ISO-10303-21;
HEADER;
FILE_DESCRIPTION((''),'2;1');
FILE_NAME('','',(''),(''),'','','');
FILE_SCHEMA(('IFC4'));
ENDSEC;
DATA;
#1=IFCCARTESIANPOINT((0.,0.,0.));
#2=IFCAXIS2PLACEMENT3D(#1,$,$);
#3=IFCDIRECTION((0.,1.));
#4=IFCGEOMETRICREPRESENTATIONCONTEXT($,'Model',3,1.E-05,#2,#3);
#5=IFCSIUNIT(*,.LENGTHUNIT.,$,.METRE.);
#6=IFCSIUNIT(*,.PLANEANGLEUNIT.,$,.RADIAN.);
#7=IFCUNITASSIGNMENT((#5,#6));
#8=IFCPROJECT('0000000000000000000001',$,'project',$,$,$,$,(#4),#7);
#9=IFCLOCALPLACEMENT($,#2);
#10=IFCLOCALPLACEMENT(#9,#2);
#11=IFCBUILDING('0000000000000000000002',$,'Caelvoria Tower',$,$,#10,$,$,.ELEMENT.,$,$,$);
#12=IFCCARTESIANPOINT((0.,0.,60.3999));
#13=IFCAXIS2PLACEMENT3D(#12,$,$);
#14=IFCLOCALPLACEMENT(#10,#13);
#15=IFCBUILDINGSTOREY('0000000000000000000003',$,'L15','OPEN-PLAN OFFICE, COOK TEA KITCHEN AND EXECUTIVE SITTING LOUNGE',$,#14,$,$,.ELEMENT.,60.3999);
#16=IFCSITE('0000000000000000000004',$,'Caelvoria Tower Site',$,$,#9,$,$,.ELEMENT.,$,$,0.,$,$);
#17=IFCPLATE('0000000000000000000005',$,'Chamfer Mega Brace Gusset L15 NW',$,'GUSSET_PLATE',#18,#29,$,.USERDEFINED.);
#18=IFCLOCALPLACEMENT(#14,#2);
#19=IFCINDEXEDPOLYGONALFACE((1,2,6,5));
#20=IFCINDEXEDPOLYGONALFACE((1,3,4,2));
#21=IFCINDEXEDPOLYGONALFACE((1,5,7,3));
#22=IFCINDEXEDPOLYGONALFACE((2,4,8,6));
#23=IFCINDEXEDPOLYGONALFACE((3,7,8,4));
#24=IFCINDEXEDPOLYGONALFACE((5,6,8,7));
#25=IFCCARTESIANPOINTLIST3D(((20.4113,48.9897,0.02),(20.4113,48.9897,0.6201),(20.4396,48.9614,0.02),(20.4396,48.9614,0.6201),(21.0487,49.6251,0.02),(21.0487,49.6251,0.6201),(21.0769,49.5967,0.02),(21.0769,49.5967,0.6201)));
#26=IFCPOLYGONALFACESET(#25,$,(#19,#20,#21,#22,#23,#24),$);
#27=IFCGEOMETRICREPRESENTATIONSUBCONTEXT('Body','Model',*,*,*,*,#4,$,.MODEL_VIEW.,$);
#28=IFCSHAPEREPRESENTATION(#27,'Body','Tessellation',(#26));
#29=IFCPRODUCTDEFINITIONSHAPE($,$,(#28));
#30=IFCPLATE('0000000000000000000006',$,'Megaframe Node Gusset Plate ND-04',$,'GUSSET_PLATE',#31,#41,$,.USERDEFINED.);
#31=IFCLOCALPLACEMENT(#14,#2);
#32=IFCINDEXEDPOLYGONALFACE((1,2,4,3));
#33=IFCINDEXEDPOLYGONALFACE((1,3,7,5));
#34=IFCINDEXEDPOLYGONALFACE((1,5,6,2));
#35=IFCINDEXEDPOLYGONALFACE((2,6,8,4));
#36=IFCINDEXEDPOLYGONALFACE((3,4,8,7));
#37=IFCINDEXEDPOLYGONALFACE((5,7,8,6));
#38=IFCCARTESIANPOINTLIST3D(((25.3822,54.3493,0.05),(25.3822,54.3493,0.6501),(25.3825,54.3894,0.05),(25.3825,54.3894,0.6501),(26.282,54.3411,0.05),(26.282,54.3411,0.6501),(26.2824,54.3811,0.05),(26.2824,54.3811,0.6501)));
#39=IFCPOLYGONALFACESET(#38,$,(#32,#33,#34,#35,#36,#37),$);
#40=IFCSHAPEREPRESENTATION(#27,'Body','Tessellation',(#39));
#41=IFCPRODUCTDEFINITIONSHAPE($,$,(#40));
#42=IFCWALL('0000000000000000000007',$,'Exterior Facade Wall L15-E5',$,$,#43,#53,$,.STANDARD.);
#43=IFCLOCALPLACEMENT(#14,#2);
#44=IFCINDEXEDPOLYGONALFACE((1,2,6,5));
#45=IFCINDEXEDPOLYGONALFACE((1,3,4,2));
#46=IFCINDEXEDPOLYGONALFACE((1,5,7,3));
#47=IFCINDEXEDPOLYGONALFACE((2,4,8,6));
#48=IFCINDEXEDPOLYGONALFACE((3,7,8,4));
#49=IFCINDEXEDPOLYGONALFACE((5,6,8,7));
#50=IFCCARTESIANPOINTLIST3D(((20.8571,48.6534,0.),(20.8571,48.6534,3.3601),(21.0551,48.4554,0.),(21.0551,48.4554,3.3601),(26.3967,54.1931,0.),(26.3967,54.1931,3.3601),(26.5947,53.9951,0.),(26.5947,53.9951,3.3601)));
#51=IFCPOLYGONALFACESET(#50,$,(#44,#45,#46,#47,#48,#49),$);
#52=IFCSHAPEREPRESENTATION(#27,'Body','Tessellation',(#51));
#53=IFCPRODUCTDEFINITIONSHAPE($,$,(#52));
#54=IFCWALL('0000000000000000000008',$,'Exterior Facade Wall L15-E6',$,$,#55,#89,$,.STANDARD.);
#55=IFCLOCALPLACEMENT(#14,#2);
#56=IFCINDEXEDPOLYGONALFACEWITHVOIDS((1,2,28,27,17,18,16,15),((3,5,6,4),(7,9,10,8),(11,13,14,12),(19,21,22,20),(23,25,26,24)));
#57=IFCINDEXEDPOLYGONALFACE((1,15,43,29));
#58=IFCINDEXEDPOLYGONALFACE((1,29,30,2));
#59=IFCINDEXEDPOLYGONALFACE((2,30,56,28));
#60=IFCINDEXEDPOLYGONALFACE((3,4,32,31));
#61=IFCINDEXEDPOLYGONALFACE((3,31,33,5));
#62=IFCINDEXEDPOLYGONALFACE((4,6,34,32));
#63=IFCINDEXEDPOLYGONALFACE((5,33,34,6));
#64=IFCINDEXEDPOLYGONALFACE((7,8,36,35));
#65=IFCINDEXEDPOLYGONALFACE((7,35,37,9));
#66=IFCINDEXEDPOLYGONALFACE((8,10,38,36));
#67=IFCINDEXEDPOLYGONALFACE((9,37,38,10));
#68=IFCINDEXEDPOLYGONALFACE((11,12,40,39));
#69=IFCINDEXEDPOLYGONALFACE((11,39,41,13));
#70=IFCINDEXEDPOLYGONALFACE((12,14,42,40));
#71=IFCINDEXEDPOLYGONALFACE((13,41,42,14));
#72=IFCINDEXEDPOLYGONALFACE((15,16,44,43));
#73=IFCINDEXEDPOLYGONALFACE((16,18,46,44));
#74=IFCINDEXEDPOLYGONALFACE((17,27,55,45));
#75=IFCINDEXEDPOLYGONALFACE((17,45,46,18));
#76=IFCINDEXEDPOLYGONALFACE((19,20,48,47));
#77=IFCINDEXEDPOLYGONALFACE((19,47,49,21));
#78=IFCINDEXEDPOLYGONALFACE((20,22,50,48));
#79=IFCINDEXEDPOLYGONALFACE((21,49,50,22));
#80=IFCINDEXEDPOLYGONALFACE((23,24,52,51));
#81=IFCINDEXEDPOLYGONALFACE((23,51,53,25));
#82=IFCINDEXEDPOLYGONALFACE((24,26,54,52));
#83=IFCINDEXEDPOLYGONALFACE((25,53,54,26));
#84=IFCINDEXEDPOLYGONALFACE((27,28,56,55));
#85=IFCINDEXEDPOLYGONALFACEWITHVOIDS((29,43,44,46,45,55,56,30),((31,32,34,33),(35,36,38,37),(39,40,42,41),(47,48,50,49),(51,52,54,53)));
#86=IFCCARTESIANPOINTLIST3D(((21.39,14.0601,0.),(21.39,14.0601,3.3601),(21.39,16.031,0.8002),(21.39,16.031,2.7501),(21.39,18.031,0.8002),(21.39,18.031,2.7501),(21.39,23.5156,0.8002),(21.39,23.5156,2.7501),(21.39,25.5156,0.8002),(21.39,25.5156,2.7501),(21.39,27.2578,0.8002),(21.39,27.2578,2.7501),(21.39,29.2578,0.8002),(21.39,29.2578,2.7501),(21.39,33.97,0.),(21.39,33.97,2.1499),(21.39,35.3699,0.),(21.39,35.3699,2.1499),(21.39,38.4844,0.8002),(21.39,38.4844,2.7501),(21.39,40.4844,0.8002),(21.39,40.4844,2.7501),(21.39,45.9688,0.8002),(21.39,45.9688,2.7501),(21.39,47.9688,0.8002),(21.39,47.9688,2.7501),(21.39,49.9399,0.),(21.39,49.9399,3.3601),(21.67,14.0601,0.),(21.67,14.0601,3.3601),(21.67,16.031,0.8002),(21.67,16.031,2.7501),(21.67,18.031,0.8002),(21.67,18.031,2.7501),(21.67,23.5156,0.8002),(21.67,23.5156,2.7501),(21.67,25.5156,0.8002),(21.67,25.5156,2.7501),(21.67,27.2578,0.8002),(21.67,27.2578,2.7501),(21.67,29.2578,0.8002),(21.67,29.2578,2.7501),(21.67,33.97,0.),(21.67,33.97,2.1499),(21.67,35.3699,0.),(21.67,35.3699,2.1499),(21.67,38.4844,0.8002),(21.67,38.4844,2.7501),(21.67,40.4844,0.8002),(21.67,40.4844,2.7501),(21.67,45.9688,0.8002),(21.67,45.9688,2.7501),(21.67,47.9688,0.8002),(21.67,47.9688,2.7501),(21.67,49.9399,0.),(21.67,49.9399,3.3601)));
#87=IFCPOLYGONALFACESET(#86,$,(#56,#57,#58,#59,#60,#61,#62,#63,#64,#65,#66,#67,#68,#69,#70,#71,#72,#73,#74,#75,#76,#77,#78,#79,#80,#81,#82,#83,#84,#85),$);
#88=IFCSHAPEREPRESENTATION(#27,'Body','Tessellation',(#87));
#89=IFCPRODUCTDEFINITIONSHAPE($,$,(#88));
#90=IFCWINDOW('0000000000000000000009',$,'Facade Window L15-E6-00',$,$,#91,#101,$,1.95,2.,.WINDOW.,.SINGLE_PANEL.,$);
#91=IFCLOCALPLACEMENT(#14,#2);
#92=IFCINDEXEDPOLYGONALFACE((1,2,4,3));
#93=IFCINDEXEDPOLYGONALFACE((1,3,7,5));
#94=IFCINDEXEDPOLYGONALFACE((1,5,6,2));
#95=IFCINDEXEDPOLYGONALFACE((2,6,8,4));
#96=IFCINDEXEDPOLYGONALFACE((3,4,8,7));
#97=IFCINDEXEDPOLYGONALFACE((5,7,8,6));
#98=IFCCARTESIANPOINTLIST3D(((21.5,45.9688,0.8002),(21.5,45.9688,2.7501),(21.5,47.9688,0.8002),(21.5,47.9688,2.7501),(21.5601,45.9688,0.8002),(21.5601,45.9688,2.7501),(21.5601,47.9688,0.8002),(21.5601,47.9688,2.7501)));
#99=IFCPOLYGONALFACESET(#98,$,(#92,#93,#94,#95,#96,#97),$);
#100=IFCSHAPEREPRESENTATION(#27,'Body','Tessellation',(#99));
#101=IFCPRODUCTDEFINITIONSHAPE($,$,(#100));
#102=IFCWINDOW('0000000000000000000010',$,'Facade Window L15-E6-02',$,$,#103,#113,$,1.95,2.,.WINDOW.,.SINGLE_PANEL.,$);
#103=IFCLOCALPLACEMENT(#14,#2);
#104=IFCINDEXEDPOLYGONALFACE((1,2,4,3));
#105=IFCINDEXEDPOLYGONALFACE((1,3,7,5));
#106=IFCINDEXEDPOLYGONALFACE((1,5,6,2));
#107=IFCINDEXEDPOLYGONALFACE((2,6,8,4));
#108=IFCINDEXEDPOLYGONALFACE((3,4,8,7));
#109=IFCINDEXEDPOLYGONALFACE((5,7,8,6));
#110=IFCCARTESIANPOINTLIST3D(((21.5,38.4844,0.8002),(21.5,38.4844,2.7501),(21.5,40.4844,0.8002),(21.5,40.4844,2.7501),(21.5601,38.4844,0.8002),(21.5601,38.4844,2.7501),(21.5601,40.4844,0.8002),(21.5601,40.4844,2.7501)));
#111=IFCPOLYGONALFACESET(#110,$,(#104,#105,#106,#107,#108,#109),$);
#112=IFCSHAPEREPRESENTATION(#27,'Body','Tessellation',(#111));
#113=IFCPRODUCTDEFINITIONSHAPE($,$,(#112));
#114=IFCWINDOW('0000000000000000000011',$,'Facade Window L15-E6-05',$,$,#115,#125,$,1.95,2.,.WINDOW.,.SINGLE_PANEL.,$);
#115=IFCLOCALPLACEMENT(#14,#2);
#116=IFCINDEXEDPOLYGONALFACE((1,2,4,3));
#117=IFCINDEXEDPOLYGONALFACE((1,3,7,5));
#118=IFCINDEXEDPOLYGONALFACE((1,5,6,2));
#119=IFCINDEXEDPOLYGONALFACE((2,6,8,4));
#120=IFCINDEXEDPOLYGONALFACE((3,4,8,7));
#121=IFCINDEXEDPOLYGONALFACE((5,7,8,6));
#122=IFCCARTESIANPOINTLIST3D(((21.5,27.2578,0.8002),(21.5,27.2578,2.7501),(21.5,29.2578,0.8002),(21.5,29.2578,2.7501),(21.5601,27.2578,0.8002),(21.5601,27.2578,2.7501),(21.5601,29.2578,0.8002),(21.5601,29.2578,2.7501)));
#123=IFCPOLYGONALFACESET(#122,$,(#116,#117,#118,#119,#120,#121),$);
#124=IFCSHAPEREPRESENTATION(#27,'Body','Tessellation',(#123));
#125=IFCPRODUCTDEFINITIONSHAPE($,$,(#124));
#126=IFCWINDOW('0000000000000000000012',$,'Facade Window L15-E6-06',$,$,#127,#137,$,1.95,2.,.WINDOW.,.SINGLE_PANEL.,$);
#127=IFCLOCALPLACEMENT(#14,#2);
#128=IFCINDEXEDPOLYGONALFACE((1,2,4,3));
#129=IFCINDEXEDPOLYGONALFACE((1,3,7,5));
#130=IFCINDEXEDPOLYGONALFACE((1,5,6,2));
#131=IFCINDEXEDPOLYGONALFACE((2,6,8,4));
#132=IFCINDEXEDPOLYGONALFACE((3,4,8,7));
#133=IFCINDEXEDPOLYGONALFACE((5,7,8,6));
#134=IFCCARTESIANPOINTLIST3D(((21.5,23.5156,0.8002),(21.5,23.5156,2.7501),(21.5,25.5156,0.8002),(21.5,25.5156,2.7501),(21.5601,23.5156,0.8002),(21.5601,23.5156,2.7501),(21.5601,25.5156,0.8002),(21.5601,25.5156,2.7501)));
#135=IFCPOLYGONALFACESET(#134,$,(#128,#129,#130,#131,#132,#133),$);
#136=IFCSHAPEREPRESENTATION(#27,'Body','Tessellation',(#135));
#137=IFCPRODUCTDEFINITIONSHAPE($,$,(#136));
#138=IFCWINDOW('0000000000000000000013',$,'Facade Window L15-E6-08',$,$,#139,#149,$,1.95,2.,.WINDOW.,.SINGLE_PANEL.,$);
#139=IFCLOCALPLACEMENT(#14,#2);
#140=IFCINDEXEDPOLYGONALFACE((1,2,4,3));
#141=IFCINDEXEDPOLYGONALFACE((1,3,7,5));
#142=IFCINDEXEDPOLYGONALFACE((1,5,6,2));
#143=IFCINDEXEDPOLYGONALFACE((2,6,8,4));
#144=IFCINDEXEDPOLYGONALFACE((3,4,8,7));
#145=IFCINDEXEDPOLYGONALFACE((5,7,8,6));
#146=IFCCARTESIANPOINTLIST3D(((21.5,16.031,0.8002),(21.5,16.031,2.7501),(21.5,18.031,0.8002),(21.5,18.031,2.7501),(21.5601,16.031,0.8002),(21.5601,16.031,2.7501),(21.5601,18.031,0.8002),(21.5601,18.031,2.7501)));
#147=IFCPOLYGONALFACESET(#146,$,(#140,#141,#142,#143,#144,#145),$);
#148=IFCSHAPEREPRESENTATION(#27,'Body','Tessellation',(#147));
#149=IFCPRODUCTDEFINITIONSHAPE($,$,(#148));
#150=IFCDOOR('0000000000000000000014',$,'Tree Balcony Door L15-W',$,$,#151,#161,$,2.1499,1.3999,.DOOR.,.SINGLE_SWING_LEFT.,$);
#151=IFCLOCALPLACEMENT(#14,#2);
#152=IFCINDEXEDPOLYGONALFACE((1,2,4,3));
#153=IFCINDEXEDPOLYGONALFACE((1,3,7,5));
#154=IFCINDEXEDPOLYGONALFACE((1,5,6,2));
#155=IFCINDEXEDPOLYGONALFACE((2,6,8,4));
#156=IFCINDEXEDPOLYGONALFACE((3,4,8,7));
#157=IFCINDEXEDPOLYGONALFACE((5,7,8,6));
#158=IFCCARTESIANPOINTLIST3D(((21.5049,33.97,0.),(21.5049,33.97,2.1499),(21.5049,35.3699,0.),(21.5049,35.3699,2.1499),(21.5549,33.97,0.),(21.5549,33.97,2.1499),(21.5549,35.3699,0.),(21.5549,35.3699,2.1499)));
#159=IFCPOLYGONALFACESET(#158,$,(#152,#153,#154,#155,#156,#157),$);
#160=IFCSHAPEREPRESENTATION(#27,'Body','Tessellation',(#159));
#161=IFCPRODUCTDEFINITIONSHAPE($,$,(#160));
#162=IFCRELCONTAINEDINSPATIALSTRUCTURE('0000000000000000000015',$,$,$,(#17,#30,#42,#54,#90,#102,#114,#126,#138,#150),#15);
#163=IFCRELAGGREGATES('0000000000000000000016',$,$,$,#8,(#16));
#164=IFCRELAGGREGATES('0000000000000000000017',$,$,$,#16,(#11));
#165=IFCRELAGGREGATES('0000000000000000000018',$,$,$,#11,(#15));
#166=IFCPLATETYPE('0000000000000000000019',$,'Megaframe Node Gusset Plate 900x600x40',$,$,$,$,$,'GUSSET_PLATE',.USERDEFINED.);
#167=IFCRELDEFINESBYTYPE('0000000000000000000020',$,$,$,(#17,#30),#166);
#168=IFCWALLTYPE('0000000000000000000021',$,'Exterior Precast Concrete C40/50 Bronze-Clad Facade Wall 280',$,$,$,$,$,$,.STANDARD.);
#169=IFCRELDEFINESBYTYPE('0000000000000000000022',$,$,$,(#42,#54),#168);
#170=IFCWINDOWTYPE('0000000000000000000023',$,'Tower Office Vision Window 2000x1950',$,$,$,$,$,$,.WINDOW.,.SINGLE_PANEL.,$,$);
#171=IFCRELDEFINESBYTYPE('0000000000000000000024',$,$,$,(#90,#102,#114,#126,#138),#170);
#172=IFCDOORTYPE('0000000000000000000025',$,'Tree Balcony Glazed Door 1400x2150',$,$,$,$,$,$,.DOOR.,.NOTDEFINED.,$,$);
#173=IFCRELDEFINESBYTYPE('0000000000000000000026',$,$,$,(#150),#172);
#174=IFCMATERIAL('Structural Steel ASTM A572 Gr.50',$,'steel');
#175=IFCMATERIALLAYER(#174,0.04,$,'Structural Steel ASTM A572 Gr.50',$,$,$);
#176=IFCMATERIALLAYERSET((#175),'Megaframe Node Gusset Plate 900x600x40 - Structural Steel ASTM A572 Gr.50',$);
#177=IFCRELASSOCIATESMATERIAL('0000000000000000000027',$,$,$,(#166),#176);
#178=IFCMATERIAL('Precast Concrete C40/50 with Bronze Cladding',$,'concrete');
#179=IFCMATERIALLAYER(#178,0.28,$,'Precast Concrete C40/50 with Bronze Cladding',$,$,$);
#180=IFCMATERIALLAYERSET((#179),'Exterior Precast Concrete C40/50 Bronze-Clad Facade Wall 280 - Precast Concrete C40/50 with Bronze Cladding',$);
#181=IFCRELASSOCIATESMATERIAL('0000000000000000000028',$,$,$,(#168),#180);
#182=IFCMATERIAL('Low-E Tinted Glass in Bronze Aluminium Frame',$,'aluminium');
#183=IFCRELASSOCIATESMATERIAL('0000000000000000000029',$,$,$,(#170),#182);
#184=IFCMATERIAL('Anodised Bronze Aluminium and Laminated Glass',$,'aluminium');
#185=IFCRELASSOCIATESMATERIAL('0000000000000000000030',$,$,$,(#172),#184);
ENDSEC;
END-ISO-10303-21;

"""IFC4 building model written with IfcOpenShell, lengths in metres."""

from ifc_helpers import new_model, si_unit, direction, frame, frame_2d, origin, origin_2d, place, context, subcontext, project, spatial, rectangle, extrude, material, layer, layer_set, type_object, element, fill, save


model = new_model("IFC4")

# Units and contexts
model_context = context("Model", 3, precision=1e-05, world=origin(), true_north=direction((0.0, 1.0)))
body_context = subcontext(model_context, "Body", "Model", "MODEL_VIEW")
ifc_project = project(units=[si_unit("LENGTHUNIT", "METRE"), si_unit("PLANEANGLEUNIT", "RADIAN")], contexts=[model_context])

# Site, building, storey
site_placement = place(None, origin())
site = spatial("IfcSite", under=ifc_project, at=site_placement, Name="Caelvoria Tower Site", CompositionType="ELEMENT", RefElevation=0.0)
building_placement = place(site_placement, origin())
building = spatial("IfcBuilding", under=site, at=building_placement, Name="Caelvoria Tower", CompositionType="ELEMENT")
storey_placement = place(building_placement, frame((0.0, 0.0, 60.3999)))
storey = spatial("IfcBuildingStorey", under=building, at=storey_placement, Name="L15", Description="OPEN-PLAN OFFICE, COOK TEA KITCHEN AND EXECUTIVE SITTING LOUNGE", CompositionType="ELEMENT", Elevation=60.3999)

# Shared definitions
ifc_material_1 = material(Name="Structural Steel ASTM A572 Gr.50", Category="steel")

# Plates
ifc_layer_1 = layer(ifc_material_1, 0.04, Name="Structural Steel ASTM A572 Gr.50")
ifc_layer_set_1 = layer_set([ifc_layer_1], Name="Megaframe Node Gusset Plate 900x600x40 - Structural Steel ASTM A572 Gr.50")
plate_type = type_object("IfcPlateType", Name="Megaframe Node Gusset Plate 900x600x40", ElementType="GUSSET_PLATE", PredefinedType="USERDEFINED", material=ifc_layer_set_1)
for number, where, z_axis, x_axis, name in (
    (1, (20.7441, 49.2932, 0.02), (0.0, 0.0, 1.0), (0.708219, 0.705993, 0.0), "Chamfer Mega Brace Gusset L15 NW"),
    (2, (25.8323, 54.3652, 0.05), (0.0, 0.0, 1.0), (0.999958, -0.009187, 0.0), "Megaframe Node Gusset Plate ND-04"),
):
    element("IfcPlate", number, at=place(storey_placement, frame(where, z_axis=z_axis, x_axis=x_axis)), inside=storey, type_object=plate_type, Name=name, ObjectType="GUSSET_PLATE", PredefinedType="USERDEFINED", context=body_context, shape_type="SweptSolid", body=[
        extrude(rectangle(XDim=0.8999, YDim=0.04, at=origin_2d()), origin(), (0.0, 0.0, 1.0), 0.6001),
    ])

# Wall
ifc_material_2 = material(Name="Precast Concrete C40/50 with Bronze Cladding", Category="concrete")
ifc_layer_2 = layer(ifc_material_2, 0.28, Name="Precast Concrete C40/50 with Bronze Cladding")
ifc_layer_set_2 = layer_set([ifc_layer_2], Name="Exterior Precast Concrete C40/50 Bronze-Clad Facade Wall 280 - Precast Concrete C40/50 with Bronze Cladding")
wall_type = type_object("IfcWallType", Name="Exterior Precast Concrete C40/50 Bronze-Clad Facade Wall 280", PredefinedType="STANDARD", material=ifc_layer_set_2)
wall_1_placement = place(storey_placement, frame((26.4956, 54.094, 0.0), z_axis=(0.0, 0.0, 1.0), x_axis=(-0.707107, -0.707107, 0.0)))
element("IfcWall", 3, at=wall_1_placement, inside=storey, type_object=wall_type, Name="Exterior Facade Wall L15-E5", PredefinedType="STANDARD", context=body_context, shape_type="SweptSolid", body=[
    extrude(rectangle(XDim=7.8342, YDim=0.28, at=frame_2d((3.917, 0.0))), origin(), (0.0, 0.0, 1.0), 3.3601),
])

# Wall, openings, windows, door
wall_2_placement = place(storey_placement, frame((21.53, 49.9399, 0.0), z_axis=(0.0, 0.0, 1.0), x_axis=(0.0, -1.0, 0.0)))
wall_2 = element("IfcWall", 4, at=wall_2_placement, inside=storey, type_object=wall_type, Name="Exterior Facade Wall L15-E6", PredefinedType="STANDARD", context=body_context, shape_type="SweptSolid", body=[
    extrude(rectangle(XDim=35.8799, YDim=0.28, at=frame_2d((17.9399, 0.0))), origin(), (0.0, 0.0, 1.0), 3.3601),
])
opening_1_placement = place(wall_2_placement, frame((14.5701, 0.0, 0.0)))
opening_1 = element("IfcOpeningElement", 5, at=opening_1_placement, cuts=wall_2, PredefinedType="OPENING", context=body_context, shape_type="SweptSolid", body=[
    extrude(rectangle(XDim=1.3999, YDim=2.1499, at=frame_2d((0.7, 1.075))), frame((0.0, 0.1499, 0.0), z_axis=(0.0, -1.0, 0.0), x_axis=(1.0, 0.0, 0.0)), (0.0, 0.0, 1.0), 0.3),
])
opening_2_placement = place(wall_2_placement, frame((1.9712, 0.0, 0.8)))
opening_2 = element("IfcOpeningElement", 6, at=opening_2_placement, cuts=wall_2, PredefinedType="OPENING", context=body_context, shape_type="SweptSolid", body=[
    extrude(rectangle(XDim=2.0, YDim=1.95, at=frame_2d((1.0, 0.9751))), frame((0.0, 0.1499, 0.0), z_axis=(0.0, -1.0, 0.0), x_axis=(1.0, 0.0, 0.0)), (0.0, 0.0, 1.0), 0.3),
])
opening_3_placement = place(wall_2_placement, frame((9.4556, 0.0, 0.8)))
opening_3 = element("IfcOpeningElement", 7, at=opening_3_placement, cuts=wall_2, PredefinedType="OPENING", context=body_context, shape_type="SweptSolid", body=[
    extrude(rectangle(XDim=2.0, YDim=1.95, at=frame_2d((1.0, 0.9751))), frame((0.0, 0.1499, 0.0), z_axis=(0.0, -1.0, 0.0), x_axis=(1.0, 0.0, 0.0)), (0.0, 0.0, 1.0), 0.3),
])
opening_4_placement = place(wall_2_placement, frame((20.6821, 0.0, 0.8)))
opening_4 = element("IfcOpeningElement", 8, at=opening_4_placement, cuts=wall_2, PredefinedType="OPENING", context=body_context, shape_type="SweptSolid", body=[
    extrude(rectangle(XDim=2.0, YDim=1.95, at=frame_2d((1.0, 0.9751))), frame((0.0, 0.1499, 0.0), z_axis=(0.0, -1.0, 0.0), x_axis=(1.0, 0.0, 0.0)), (0.0, 0.0, 1.0), 0.3),
])
opening_5_placement = place(wall_2_placement, frame((24.4243, 0.0, 0.8)))
opening_5 = element("IfcOpeningElement", 9, at=opening_5_placement, cuts=wall_2, PredefinedType="OPENING", context=body_context, shape_type="SweptSolid", body=[
    extrude(rectangle(XDim=2.0, YDim=1.95, at=frame_2d((1.0, 0.9751))), frame((0.0, 0.1499, 0.0), z_axis=(0.0, -1.0, 0.0), x_axis=(1.0, 0.0, 0.0)), (0.0, 0.0, 1.0), 0.3),
])
opening_6_placement = place(wall_2_placement, frame((31.9089, 0.0, 0.8)))
opening_6 = element("IfcOpeningElement", 10, at=opening_6_placement, cuts=wall_2, PredefinedType="OPENING", context=body_context, shape_type="SweptSolid", body=[
    extrude(rectangle(XDim=2.0, YDim=1.95, at=frame_2d((1.0, 0.9751))), frame((0.0, 0.1499, 0.0), z_axis=(0.0, -1.0, 0.0), x_axis=(1.0, 0.0, 0.0)), (0.0, 0.0, 1.0), 0.3),
])
ifc_material_3 = material(Name="Low-E Tinted Glass in Bronze Aluminium Frame", Category="aluminium")
window_type = type_object("IfcWindowType", Name="Tower Office Vision Window 2000x1950", PartitioningType="SINGLE_PANEL", PredefinedType="WINDOW", material=ifc_material_3)
window_1_placement = place(opening_2_placement, origin())
window_1 = element("IfcWindow", 11, at=window_1_placement, inside=storey, type_object=window_type, Name="Facade Window L15-E6-00", OverallHeight=1.95, OverallWidth=2.0, PartitioningType="SINGLE_PANEL", PredefinedType="WINDOW", context=body_context, shape_type="SweptSolid", body=[
    extrude(rectangle(XDim=2.0, YDim=1.95, at=frame_2d((1.0, 0.9751))), frame((0.0, 0.03, 0.0), z_axis=(0.0, -1.0, 0.0), x_axis=(1.0, 0.0, 0.0)), (0.0, 0.0, 1.0), 0.0601),
])
fill(opening_2, window_1)
window_2_placement = place(opening_3_placement, origin())
window_2 = element("IfcWindow", 12, at=window_2_placement, inside=storey, type_object=window_type, Name="Facade Window L15-E6-02", OverallHeight=1.95, OverallWidth=2.0, PartitioningType="SINGLE_PANEL", PredefinedType="WINDOW", context=body_context, shape_type="SweptSolid", body=[
    extrude(rectangle(XDim=2.0, YDim=1.95, at=frame_2d((1.0, 0.9751))), frame((0.0, 0.03, 0.0), z_axis=(0.0, -1.0, 0.0), x_axis=(1.0, 0.0, 0.0)), (0.0, 0.0, 1.0), 0.0601),
])
fill(opening_3, window_2)
window_3_placement = place(opening_4_placement, origin())
window_3 = element("IfcWindow", 13, at=window_3_placement, inside=storey, type_object=window_type, Name="Facade Window L15-E6-05", OverallHeight=1.95, OverallWidth=2.0, PartitioningType="SINGLE_PANEL", PredefinedType="WINDOW", context=body_context, shape_type="SweptSolid", body=[
    extrude(rectangle(XDim=2.0, YDim=1.95, at=frame_2d((1.0, 0.9751))), frame((0.0, 0.03, 0.0), z_axis=(0.0, -1.0, 0.0), x_axis=(1.0, 0.0, 0.0)), (0.0, 0.0, 1.0), 0.0601),
])
fill(opening_4, window_3)
window_4_placement = place(opening_5_placement, origin())
window_4 = element("IfcWindow", 14, at=window_4_placement, inside=storey, type_object=window_type, Name="Facade Window L15-E6-06", OverallHeight=1.95, OverallWidth=2.0, PartitioningType="SINGLE_PANEL", PredefinedType="WINDOW", context=body_context, shape_type="SweptSolid", body=[
    extrude(rectangle(XDim=2.0, YDim=1.95, at=frame_2d((1.0, 0.9751))), frame((0.0, 0.03, 0.0), z_axis=(0.0, -1.0, 0.0), x_axis=(1.0, 0.0, 0.0)), (0.0, 0.0, 1.0), 0.0601),
])
fill(opening_5, window_4)
window_5_placement = place(opening_6_placement, origin())
window_5 = element("IfcWindow", 15, at=window_5_placement, inside=storey, type_object=window_type, Name="Facade Window L15-E6-08", OverallHeight=1.95, OverallWidth=2.0, PartitioningType="SINGLE_PANEL", PredefinedType="WINDOW", context=body_context, shape_type="SweptSolid", body=[
    extrude(rectangle(XDim=2.0, YDim=1.95, at=frame_2d((1.0, 0.9751))), frame((0.0, 0.03, 0.0), z_axis=(0.0, -1.0, 0.0), x_axis=(1.0, 0.0, 0.0)), (0.0, 0.0, 1.0), 0.0601),
])
fill(opening_6, window_5)
ifc_material_4 = material(Name="Anodised Bronze Aluminium and Laminated Glass", Category="aluminium")
door_type = type_object("IfcDoorType", Name="Tree Balcony Glazed Door 1400x2150", OperationType="NOTDEFINED", PredefinedType="DOOR", material=ifc_material_4)
door_placement = place(opening_1_placement, origin())
door = element("IfcDoor", 16, at=door_placement, inside=storey, type_object=door_type, Name="Tree Balcony Door L15-W", OperationType="SINGLE_SWING_LEFT", OverallHeight=2.1499, OverallWidth=1.3999, PredefinedType="DOOR", context=body_context, shape_type="SweptSolid", body=[
    extrude(rectangle(XDim=1.3999, YDim=2.1499, at=frame_2d((0.7, 1.075))), frame((0.0, 0.0249, 0.0), z_axis=(0.0, -1.0, 0.0), x_axis=(1.0, 0.0, 0.0)), (0.0, 0.0, 1.0), 0.05),
])
fill(opening_1, door)

save(model, "model.ifc")
